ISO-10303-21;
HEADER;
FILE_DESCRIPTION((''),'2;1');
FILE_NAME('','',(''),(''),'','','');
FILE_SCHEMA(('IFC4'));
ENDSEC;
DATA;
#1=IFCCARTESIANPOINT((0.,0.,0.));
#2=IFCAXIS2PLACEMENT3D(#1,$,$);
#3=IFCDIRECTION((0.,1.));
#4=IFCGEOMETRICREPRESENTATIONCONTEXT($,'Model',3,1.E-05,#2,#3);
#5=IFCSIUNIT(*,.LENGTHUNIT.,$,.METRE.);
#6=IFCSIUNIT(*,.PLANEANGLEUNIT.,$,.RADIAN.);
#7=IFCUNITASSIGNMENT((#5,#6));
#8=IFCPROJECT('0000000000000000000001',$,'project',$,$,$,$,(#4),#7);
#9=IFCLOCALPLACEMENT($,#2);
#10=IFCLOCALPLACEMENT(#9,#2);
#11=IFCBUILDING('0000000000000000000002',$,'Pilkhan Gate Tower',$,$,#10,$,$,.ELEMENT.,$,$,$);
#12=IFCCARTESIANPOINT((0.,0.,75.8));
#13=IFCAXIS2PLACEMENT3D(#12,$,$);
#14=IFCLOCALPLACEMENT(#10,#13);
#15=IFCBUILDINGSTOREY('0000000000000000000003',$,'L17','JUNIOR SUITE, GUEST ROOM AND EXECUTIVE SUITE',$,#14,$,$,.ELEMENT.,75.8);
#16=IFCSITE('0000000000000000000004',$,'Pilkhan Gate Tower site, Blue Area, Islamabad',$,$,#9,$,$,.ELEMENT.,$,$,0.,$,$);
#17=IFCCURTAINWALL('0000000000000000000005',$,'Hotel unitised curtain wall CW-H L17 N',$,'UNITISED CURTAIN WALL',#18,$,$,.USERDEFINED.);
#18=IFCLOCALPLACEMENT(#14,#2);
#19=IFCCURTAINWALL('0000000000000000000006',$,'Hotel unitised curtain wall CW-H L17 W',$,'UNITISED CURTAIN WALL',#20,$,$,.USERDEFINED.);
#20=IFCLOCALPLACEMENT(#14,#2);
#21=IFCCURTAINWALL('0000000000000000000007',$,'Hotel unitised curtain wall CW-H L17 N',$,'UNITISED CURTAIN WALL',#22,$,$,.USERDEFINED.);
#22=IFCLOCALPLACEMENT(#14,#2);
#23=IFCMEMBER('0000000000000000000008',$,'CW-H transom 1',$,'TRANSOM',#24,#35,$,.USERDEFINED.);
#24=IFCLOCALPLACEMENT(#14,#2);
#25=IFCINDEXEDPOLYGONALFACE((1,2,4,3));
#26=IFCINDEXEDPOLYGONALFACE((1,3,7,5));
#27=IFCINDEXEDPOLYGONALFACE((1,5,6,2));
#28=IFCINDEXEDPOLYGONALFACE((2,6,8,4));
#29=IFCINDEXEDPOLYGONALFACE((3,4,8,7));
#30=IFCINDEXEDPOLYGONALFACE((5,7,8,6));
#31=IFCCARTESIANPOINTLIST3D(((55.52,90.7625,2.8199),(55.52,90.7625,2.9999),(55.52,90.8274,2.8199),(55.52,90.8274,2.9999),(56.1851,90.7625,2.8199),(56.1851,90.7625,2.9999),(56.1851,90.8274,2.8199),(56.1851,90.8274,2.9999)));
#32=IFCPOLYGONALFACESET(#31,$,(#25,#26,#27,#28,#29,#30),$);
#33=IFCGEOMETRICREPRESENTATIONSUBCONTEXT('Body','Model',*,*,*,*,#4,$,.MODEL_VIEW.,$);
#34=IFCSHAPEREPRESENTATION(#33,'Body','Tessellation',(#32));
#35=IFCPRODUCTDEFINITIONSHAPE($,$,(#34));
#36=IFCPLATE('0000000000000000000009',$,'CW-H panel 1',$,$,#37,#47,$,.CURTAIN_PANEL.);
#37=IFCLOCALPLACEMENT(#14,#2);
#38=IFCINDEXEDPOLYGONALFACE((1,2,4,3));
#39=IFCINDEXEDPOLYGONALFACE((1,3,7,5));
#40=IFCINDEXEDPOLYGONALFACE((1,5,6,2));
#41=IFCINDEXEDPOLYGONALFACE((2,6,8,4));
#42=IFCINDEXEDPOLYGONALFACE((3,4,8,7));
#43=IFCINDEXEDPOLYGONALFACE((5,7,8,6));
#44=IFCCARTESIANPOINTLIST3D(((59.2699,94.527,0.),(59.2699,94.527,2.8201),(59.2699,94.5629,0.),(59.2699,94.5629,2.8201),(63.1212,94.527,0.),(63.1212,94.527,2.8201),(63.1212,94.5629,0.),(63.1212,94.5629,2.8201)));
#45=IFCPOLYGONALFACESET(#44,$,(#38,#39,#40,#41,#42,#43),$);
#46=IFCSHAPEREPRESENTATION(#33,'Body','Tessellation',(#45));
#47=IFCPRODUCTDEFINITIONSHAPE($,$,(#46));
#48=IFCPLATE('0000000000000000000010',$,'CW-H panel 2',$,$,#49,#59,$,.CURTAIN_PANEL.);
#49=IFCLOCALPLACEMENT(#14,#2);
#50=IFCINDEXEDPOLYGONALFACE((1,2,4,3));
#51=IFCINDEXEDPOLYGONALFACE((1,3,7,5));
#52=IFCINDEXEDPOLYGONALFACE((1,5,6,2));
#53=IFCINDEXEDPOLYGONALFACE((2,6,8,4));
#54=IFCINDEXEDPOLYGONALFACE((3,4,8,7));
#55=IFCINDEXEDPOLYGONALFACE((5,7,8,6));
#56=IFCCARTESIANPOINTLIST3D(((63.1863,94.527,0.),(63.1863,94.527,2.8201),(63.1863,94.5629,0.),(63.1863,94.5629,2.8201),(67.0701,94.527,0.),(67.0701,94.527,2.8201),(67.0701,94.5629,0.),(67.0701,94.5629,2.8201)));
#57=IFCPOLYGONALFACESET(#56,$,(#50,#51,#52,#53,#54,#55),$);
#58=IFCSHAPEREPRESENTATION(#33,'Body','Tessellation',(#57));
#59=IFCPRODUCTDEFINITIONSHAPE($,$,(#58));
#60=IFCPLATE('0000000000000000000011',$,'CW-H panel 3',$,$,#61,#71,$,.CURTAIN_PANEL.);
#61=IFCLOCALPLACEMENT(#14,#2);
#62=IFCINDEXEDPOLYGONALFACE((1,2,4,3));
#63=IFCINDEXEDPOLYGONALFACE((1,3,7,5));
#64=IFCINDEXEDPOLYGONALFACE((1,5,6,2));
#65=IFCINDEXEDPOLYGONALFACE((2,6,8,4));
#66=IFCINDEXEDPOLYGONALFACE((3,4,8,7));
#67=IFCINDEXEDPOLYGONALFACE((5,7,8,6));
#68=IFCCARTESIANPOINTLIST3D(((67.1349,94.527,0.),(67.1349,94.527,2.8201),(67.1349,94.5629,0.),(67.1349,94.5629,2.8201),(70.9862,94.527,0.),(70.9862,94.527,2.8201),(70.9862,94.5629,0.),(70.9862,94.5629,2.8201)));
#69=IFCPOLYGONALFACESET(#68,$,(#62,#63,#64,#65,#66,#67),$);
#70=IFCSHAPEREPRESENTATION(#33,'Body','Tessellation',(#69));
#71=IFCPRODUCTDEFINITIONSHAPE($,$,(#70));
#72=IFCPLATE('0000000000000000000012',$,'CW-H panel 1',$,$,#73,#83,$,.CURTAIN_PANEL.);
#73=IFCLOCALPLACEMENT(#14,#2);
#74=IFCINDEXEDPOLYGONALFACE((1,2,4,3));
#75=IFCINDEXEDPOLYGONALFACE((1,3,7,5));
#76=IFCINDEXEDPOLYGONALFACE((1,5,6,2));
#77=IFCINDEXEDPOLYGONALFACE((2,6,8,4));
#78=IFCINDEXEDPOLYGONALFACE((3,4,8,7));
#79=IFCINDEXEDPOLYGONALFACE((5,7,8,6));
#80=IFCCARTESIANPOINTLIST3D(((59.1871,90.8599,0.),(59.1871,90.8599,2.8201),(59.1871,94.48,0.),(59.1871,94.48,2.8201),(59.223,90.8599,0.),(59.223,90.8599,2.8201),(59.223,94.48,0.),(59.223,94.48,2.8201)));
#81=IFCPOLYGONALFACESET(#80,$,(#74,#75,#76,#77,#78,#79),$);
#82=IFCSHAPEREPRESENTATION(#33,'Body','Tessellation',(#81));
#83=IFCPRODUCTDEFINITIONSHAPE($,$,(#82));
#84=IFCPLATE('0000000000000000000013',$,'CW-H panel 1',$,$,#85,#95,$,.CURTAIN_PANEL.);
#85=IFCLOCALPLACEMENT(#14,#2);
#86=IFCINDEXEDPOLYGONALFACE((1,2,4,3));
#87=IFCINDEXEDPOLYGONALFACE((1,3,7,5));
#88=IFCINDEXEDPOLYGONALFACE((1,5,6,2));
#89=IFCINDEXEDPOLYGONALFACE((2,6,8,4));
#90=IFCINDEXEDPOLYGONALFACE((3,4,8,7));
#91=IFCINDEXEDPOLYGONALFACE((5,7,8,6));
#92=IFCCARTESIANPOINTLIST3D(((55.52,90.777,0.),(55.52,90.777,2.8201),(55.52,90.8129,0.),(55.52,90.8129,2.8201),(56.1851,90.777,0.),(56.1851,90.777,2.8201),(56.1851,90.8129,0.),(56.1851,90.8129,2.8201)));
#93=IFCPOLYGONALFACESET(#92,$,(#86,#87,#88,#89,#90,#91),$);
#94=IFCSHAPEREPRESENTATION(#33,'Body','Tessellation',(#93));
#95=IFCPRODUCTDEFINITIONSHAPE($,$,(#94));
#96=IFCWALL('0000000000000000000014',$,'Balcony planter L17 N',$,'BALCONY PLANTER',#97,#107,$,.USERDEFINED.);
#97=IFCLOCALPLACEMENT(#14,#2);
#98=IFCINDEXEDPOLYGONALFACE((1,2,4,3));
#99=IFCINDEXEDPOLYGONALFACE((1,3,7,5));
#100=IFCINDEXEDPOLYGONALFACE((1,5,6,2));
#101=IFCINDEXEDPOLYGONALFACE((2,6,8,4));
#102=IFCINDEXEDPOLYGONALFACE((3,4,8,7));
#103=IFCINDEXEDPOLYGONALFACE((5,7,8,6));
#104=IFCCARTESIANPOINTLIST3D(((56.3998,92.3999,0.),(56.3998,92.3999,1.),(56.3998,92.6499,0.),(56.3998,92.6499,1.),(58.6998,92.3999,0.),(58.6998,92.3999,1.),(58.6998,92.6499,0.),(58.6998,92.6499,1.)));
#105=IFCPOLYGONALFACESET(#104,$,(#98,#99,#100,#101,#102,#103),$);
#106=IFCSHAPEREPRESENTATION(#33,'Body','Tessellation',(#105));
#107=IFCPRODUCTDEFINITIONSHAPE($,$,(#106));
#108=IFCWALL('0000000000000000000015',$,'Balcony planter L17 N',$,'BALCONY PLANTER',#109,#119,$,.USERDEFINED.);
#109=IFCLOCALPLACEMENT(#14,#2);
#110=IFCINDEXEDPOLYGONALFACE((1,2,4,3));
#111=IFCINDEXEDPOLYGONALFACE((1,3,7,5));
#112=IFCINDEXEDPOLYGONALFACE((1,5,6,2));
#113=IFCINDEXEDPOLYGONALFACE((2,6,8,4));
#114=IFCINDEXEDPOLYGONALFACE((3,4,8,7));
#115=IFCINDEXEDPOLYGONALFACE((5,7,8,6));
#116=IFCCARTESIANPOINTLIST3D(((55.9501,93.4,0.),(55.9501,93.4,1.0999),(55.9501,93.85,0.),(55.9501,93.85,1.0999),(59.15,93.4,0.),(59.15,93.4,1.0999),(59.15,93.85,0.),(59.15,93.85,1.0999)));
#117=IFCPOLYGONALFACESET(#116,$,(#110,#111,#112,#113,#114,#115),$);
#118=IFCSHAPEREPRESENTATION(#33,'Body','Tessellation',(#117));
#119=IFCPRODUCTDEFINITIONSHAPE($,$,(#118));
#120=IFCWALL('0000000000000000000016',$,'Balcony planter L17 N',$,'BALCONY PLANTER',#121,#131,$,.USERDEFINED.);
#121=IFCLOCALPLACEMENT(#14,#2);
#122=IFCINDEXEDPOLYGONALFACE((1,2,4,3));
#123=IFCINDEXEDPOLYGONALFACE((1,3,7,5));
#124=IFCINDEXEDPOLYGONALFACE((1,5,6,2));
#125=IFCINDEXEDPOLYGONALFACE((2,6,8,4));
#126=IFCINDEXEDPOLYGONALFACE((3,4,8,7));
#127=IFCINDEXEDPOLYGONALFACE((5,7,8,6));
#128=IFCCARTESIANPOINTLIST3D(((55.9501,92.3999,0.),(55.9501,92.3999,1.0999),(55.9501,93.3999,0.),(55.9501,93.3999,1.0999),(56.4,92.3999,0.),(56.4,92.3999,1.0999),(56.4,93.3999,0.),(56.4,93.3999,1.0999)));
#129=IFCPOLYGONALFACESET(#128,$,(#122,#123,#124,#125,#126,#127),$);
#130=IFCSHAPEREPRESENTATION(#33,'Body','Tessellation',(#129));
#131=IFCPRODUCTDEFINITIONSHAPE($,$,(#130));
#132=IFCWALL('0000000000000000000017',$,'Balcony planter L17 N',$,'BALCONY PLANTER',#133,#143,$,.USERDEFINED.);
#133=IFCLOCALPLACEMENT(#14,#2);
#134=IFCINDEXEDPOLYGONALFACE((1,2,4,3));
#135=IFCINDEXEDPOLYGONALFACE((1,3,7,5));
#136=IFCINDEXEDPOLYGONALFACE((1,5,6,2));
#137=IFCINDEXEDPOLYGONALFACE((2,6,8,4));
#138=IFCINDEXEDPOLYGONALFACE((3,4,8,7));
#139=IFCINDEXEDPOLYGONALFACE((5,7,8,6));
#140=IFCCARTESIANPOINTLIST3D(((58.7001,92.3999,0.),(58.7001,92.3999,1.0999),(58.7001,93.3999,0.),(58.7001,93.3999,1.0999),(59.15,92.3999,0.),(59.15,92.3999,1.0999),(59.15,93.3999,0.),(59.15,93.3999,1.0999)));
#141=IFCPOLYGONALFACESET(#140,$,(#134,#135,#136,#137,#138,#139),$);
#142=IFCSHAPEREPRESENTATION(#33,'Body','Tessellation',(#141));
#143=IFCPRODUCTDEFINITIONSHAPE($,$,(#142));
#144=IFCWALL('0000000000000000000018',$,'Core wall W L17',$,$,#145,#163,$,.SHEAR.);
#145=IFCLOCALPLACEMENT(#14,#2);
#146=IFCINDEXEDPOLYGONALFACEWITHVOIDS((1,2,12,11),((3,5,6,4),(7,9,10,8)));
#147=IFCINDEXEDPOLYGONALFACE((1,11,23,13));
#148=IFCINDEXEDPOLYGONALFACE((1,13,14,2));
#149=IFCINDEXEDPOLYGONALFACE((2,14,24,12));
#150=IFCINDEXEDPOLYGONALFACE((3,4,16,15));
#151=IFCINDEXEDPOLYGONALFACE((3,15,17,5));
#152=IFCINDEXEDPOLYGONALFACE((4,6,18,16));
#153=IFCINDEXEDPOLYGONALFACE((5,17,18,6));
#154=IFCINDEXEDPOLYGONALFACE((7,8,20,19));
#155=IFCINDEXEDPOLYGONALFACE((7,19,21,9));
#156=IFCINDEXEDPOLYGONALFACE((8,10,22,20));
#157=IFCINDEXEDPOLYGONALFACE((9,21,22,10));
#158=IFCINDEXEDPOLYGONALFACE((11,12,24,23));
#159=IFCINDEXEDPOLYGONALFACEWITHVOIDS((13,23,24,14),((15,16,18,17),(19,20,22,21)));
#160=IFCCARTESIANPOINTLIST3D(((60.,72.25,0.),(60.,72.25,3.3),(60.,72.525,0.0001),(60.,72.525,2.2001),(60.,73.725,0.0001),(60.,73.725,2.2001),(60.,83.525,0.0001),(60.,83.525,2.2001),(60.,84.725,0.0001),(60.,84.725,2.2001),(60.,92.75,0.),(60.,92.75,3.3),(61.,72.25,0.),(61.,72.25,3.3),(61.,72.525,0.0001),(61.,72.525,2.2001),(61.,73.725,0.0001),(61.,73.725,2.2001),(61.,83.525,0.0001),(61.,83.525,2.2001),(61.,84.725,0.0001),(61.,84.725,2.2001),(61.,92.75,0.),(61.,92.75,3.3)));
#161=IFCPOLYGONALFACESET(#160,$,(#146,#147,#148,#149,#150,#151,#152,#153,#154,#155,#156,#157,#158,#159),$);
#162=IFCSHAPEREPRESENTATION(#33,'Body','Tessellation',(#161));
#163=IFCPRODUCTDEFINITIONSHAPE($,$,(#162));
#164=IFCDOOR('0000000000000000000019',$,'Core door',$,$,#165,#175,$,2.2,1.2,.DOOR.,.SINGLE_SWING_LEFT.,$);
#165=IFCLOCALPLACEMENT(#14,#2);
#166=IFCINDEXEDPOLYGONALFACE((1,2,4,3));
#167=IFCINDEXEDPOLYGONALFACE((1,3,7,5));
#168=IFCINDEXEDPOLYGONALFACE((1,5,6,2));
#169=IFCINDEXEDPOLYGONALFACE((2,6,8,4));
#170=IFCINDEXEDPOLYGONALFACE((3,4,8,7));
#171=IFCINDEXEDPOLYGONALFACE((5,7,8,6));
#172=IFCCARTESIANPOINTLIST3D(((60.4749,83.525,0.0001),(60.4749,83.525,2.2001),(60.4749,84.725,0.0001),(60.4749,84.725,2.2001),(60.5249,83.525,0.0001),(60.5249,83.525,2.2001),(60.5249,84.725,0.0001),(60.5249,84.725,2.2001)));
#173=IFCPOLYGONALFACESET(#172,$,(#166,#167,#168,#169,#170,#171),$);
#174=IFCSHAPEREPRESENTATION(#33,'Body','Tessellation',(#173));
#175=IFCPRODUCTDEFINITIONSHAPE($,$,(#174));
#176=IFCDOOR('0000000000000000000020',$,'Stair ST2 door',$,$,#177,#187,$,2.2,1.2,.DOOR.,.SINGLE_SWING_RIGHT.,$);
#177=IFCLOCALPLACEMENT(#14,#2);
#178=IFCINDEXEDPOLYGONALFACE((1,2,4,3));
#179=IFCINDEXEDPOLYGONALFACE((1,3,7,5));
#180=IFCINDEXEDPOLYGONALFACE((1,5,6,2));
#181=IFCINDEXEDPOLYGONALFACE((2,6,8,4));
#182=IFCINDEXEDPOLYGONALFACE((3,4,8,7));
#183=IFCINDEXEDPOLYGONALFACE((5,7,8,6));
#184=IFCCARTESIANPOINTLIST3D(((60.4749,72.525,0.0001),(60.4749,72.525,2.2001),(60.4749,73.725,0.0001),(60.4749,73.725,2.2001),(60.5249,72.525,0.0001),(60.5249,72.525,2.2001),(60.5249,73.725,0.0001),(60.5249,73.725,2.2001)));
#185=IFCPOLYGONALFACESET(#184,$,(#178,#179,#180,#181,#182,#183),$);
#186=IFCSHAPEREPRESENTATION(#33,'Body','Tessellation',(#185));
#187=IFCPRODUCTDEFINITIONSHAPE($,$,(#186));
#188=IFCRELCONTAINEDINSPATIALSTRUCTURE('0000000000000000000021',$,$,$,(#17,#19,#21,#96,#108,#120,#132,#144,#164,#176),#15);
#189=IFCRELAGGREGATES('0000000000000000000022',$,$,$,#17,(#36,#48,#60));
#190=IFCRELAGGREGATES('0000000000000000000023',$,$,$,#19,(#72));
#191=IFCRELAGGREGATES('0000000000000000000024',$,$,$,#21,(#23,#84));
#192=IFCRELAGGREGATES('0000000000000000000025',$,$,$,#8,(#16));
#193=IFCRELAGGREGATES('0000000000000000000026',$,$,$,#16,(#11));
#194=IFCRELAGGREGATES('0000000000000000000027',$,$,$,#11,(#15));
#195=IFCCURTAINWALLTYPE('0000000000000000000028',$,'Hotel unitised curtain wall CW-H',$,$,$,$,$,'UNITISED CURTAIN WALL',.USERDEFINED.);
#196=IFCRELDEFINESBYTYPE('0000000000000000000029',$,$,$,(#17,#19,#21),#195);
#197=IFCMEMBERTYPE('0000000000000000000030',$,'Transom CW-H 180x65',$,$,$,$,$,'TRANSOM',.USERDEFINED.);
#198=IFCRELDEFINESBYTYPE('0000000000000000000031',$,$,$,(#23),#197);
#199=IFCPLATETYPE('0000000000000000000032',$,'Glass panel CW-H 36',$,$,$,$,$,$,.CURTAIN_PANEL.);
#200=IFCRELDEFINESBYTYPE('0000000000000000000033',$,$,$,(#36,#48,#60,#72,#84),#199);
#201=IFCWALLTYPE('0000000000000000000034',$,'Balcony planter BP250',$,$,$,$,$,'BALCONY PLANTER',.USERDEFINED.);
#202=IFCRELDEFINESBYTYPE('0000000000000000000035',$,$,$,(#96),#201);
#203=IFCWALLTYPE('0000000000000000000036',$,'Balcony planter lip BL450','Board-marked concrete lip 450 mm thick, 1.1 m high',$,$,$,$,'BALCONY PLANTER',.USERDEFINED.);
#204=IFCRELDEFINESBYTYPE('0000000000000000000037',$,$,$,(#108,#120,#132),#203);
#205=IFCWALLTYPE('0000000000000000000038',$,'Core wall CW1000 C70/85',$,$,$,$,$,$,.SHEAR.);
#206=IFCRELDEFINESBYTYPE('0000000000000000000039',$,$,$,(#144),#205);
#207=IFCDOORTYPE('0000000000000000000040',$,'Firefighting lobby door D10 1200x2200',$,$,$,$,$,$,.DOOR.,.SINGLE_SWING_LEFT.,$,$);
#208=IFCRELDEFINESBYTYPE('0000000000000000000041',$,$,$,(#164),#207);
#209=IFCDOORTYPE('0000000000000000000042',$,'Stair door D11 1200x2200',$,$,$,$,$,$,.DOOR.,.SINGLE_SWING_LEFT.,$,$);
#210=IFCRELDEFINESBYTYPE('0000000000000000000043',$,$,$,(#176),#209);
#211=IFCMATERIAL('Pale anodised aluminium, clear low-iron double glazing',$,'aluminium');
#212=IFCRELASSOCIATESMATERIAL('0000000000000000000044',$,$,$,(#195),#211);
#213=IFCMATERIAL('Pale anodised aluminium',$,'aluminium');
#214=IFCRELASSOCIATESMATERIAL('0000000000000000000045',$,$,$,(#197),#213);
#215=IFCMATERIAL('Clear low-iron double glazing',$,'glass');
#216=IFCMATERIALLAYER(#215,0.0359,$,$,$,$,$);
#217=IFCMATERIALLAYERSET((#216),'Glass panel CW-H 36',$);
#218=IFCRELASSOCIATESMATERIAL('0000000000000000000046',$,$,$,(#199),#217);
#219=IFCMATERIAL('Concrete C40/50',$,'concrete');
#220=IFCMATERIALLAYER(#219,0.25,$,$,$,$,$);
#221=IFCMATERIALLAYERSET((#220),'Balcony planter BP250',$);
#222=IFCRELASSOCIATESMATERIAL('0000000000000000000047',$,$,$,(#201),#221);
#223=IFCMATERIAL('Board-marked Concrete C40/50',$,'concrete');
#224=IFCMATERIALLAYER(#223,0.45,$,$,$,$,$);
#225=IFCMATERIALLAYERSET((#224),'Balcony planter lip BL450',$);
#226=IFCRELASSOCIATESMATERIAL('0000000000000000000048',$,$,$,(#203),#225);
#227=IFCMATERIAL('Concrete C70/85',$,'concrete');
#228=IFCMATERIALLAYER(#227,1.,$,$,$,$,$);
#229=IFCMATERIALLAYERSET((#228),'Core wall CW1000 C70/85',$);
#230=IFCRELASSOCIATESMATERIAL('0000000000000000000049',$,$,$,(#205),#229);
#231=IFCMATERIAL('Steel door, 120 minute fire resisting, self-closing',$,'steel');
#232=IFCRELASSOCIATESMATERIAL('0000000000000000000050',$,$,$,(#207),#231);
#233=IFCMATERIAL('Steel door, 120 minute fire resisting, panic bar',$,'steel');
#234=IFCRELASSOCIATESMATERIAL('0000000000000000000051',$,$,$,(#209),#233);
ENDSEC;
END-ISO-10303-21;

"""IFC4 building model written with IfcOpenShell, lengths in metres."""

from ifc_helpers import new_model, si_unit, direction, frame, frame_2d, origin, origin_2d, place, context, subcontext, project, spatial, rectangle, extrude, material, layer, layer_set, material_profile, profile_set, type_object, element, fill, aggregate, save


model = new_model("IFC4")

# Units and contexts
model_context = context("Model", 3, precision=1e-05, world=origin(), true_north=direction((0.0, 1.0)))
body_context = subcontext(model_context, "Body", "Model", "MODEL_VIEW")
ifc_project = project(units=[si_unit("LENGTHUNIT", "METRE"), si_unit("PLANEANGLEUNIT", "RADIAN")], contexts=[model_context])

# Site, building, storey
site_placement = place(None, origin())
site = spatial("IfcSite", under=ifc_project, at=site_placement, Name="Pilkhan Gate Tower site, Blue Area, Islamabad", CompositionType="ELEMENT", RefElevation=0.0)
building_placement = place(site_placement, origin())
building = spatial("IfcBuilding", under=site, at=building_placement, Name="Pilkhan Gate Tower", CompositionType="ELEMENT")
storey_placement = place(building_placement, frame((0.0, 0.0, 75.8)))
storey = spatial("IfcBuildingStorey", under=building, at=storey_placement, Name="L17", Description="JUNIOR SUITE, GUEST ROOM AND EXECUTIVE SUITE", CompositionType="ELEMENT", Elevation=75.8)

# Curtain walls
ifc_material_1 = material(Name="Pale anodised aluminium, clear low-iron double glazing", Category="aluminium")
curtain_wall_type = type_object("IfcCurtainWallType", Name="Hotel unitised curtain wall CW-H", ElementType="UNITISED CURTAIN WALL", PredefinedType="USERDEFINED", material=ifc_material_1)
curtain_wall_1_placement = place(storey_placement, origin())
curtain_wall_1 = element("IfcCurtainWall", 1, at=curtain_wall_1_placement, inside=storey, type_object=curtain_wall_type, Name="Hotel unitised curtain wall CW-H L17 N", ObjectType="UNITISED CURTAIN WALL", PredefinedType="USERDEFINED")
ifc_material_2 = material(Name="Pale anodised aluminium", Category="aluminium")
curtain_wall_2_placement = place(storey_placement, origin())
curtain_wall_2 = element("IfcCurtainWall", 2, at=curtain_wall_2_placement, inside=storey, type_object=curtain_wall_type, Name="Hotel unitised curtain wall CW-H L17 W", ObjectType="UNITISED CURTAIN WALL", PredefinedType="USERDEFINED")
curtain_wall_3_placement = place(storey_placement, origin())
curtain_wall_3 = element("IfcCurtainWall", 3, at=curtain_wall_3_placement, inside=storey, type_object=curtain_wall_type, Name="Hotel unitised curtain wall CW-H L17 N", ObjectType="UNITISED CURTAIN WALL", PredefinedType="USERDEFINED")

# Member
ifc_material_profile_1 = material_profile(ifc_material_2, rectangle(XDim=0.0649, YDim=0.1799, at=origin_2d()), Name="Transom 180x65")
ifc_profile_set_1 = profile_set([ifc_material_profile_1], Name="Pale anodised aluminium")
member_type_1 = type_object("IfcMemberType", Name="Transom CW-H 180x65", ElementType="TRANSOM", PredefinedType="USERDEFINED", material=ifc_profile_set_1)
member_1_placement = place(storey_placement, frame((55.52, 90.7949, 2.9099), z_axis=(1.0, 0.0, 0.0), x_axis=(0.0, 1.0, 0.0)))
member_1 = element("IfcMember", 4, at=member_1_placement, type_object=member_type_1, Name="CW-H transom 1", ObjectType="TRANSOM", PredefinedType="USERDEFINED", context=body_context, shape_type="SweptSolid", body=[
    extrude(rectangle(XDim=0.0649, YDim=0.1799, at=origin_2d()), origin(), (0.0, 0.0, 1.0), 0.665),
])

# Plates
ifc_material_3 = material(Name="Clear low-iron double glazing", Category="glass")
ifc_layer_1 = layer(ifc_material_3, 0.0359)
ifc_layer_set_1 = layer_set([ifc_layer_1], Name="Glass panel CW-H 36")
plate_type = type_object("IfcPlateType", Name="Glass panel CW-H 36", PredefinedType="CURTAIN_PANEL", material=ifc_layer_set_1)
plate_1_placement = place(storey_placement, frame((61.1956, 94.5449, 0.0), z_axis=(0.0, 0.0, 1.0), x_axis=(1.0, 0.0, 0.0)))
plate_1 = element("IfcPlate", 5, at=plate_1_placement, type_object=plate_type, Name="CW-H panel 1", PredefinedType="CURTAIN_PANEL", context=body_context, shape_type="SweptSolid", body=[
    extrude(rectangle(XDim=3.8513, YDim=0.0359, at=origin_2d()), origin(), (0.0, 0.0, 1.0), 2.8201),
])
plate_2_placement = place(storey_placement, frame((65.1282, 94.5449, 0.0), z_axis=(0.0, 0.0, 1.0), x_axis=(1.0, 0.0, 0.0)))
plate_2 = element("IfcPlate", 6, at=plate_2_placement, type_object=plate_type, Name="CW-H panel 2", PredefinedType="CURTAIN_PANEL", context=body_context, shape_type="SweptSolid", body=[
    extrude(rectangle(XDim=3.8838, YDim=0.0359, at=origin_2d()), origin(), (0.0, 0.0, 1.0), 2.8201),
])
plate_3_placement = place(storey_placement, frame((69.0605, 94.5449, 0.0), z_axis=(0.0, 0.0, 1.0), x_axis=(1.0, 0.0, 0.0)))
plate_3 = element("IfcPlate", 7, at=plate_3_placement, type_object=plate_type, Name="CW-H panel 3", PredefinedType="CURTAIN_PANEL", context=body_context, shape_type="SweptSolid", body=[
    extrude(rectangle(XDim=3.8513, YDim=0.0359, at=origin_2d()), origin(), (0.0, 0.0, 1.0), 2.8201),
])
aggregate(curtain_wall_1, [plate_1, plate_2, plate_3])
plate_4_placement = place(storey_placement, frame((59.2051, 92.6699, 0.0), z_axis=(0.0, 0.0, 1.0), x_axis=(0.0, 1.0, 0.0)))
plate_4 = element("IfcPlate", 8, at=plate_4_placement, type_object=plate_type, Name="CW-H panel 1", PredefinedType="CURTAIN_PANEL", context=body_context, shape_type="SweptSolid", body=[
    extrude(rectangle(XDim=3.6201, YDim=0.0359, at=origin_2d()), origin(), (0.0, 0.0, 1.0), 2.8201),
])
aggregate(curtain_wall_2, [plate_4])
plate_5_placement = place(storey_placement, frame((55.8525, 90.7949, 0.0), z_axis=(0.0, 0.0, 1.0), x_axis=(1.0, 0.0, 0.0)))
plate_5 = element("IfcPlate", 9, at=plate_5_placement, type_object=plate_type, Name="CW-H panel 1", PredefinedType="CURTAIN_PANEL", context=body_context, shape_type="SweptSolid", body=[
    extrude(rectangle(XDim=0.665, YDim=0.0359, at=origin_2d()), origin(), (0.0, 0.0, 1.0), 2.8201),
])
aggregate(curtain_wall_3, [member_1, plate_5])

# Walls
ifc_material_4 = material(Name="Concrete C40/50", Category="concrete")
ifc_layer_2 = layer(ifc_material_4, 0.25)
ifc_layer_set_2 = layer_set([ifc_layer_2], Name="Balcony planter BP250")
wall_type_1 = type_object("IfcWallType", Name="Balcony planter BP250", ElementType="BALCONY PLANTER", PredefinedType="USERDEFINED", material=ifc_layer_set_2)
wall_1_placement = place(storey_placement, frame((56.3999, 92.5249, 0.0), z_axis=(0.0, 0.0, 1.0), x_axis=(1.0, 0.0, 0.0)))
element("IfcWall", 10, at=wall_1_placement, inside=storey, type_object=wall_type_1, Name="Balcony planter L17 N", ObjectType="BALCONY PLANTER", PredefinedType="USERDEFINED", context=body_context, shape_type="SweptSolid", body=[
    extrude(rectangle(XDim=2.3, YDim=0.25, at=frame_2d((1.1499, 0.0))), origin(), (0.0, 0.0, 1.0), 1.0),
])
ifc_material_5 = material(Name="Board-marked Concrete C40/50", Category="concrete")
ifc_layer_3 = layer(ifc_material_5, 0.45)
ifc_layer_set_3 = layer_set([ifc_layer_3], Name="Balcony planter lip BL450")
wall_type_2 = type_object("IfcWallType", Name="Balcony planter lip BL450", Description="Board-marked concrete lip 450 mm thick, 1.1 m high", ElementType="BALCONY PLANTER", PredefinedType="USERDEFINED", material=ifc_layer_set_3)
wall_2_placement = place(storey_placement, frame((55.95, 93.625, 0.0), z_axis=(0.0, 0.0, 1.0), x_axis=(1.0, 0.0, 0.0)))
element("IfcWall", 11, at=wall_2_placement, inside=storey, type_object=wall_type_2, Name="Balcony planter L17 N", ObjectType="BALCONY PLANTER", PredefinedType="USERDEFINED", context=body_context, shape_type="SweptSolid", body=[
    extrude(rectangle(XDim=3.2, YDim=0.45, at=frame_2d((1.6001, 0.0))), origin(), (0.0, 0.0, 1.0), 1.0999),
])
for number, where, z_axis, x_axis, name in (
    (12, (56.175, 92.3999, 0.0), (0.0, 0.0, 1.0), (0.0, 1.0, 0.0), "Balcony planter L17 N"),
    (13, (58.925, 92.3999, 0.0), (0.0, 0.0, 1.0), (0.0, 1.0, 0.0), "Balcony planter L17 N"),
):
    element("IfcWall", number, at=place(storey_placement, frame(where, z_axis=z_axis, x_axis=x_axis)), inside=storey, type_object=wall_type_2, Name=name, ObjectType="BALCONY PLANTER", PredefinedType="USERDEFINED", context=body_context, shape_type="SweptSolid", body=[
        extrude(rectangle(XDim=1.0, YDim=0.45, at=frame_2d((0.5, 0.0))), origin(), (0.0, 0.0, 1.0), 1.0999),
    ])

# Wall, openings, doors
ifc_material_6 = material(Name="Concrete C70/85", Category="concrete")
ifc_layer_4 = layer(ifc_material_6, 1.0)
ifc_layer_set_4 = layer_set([ifc_layer_4], Name="Core wall CW1000 C70/85")
wall_type_3 = type_object("IfcWallType", Name="Core wall CW1000 C70/85", PredefinedType="SHEAR", material=ifc_layer_set_4)
wall_3_placement = place(storey_placement, frame((60.5, 92.75, 0.0), z_axis=(0.0, 0.0, 1.0), x_axis=(0.0, -1.0, 0.0)))
wall_3 = element("IfcWall", 14, at=wall_3_placement, inside=storey, type_object=wall_type_3, Name="Core wall W L17", PredefinedType="SHEAR", context=body_context, shape_type="SweptSolid", body=[
    extrude(rectangle(XDim=20.5, YDim=1.0, at=frame_2d((10.25, 0.0))), origin(), (0.0, 0.0, 1.0), 3.3),
])
opening_1_placement = place(wall_3_placement, frame((19.0249, 0.0, 0.0)))
opening_1 = element("IfcOpeningElement", 15, at=opening_1_placement, cuts=wall_3, PredefinedType="OPENING", context=body_context, shape_type="SweptSolid", body=[
    extrude(rectangle(XDim=1.2, YDim=2.2, at=frame_2d((0.6001, 1.1001))), frame((0.0, 0.51, 0.0), z_axis=(0.0, -1.0, 0.0), x_axis=(1.0, 0.0, 0.0)), (0.0, 0.0, 1.0), 1.02),
])
opening_2_placement = place(wall_3_placement, frame((8.0249, 0.0, 0.0)))
opening_2 = element("IfcOpeningElement", 16, at=opening_2_placement, cuts=wall_3, PredefinedType="OPENING", context=body_context, shape_type="SweptSolid", body=[
    extrude(rectangle(XDim=1.2, YDim=2.2, at=frame_2d((0.6001, 1.1001))), frame((0.0, 0.51, 0.0), z_axis=(0.0, -1.0, 0.0), x_axis=(1.0, 0.0, 0.0)), (0.0, 0.0, 1.0), 1.02),
])
ifc_material_7 = material(Name="Steel door, 120 minute fire resisting, self-closing", Category="steel")
door_type_1 = type_object("IfcDoorType", Name="Firefighting lobby door D10 1200x2200", OperationType="SINGLE_SWING_LEFT", PredefinedType="DOOR", material=ifc_material_7)
door_1_placement = place(opening_2_placement, origin())
door_1 = element("IfcDoor", 17, at=door_1_placement, inside=storey, type_object=door_type_1, Name="Core door", OperationType="SINGLE_SWING_LEFT", OverallHeight=2.2, OverallWidth=1.2, PredefinedType="DOOR", context=body_context, shape_type="SweptSolid", body=[
    extrude(rectangle(XDim=1.2, YDim=2.2, at=frame_2d((0.6001, 1.1001))), frame((0.0, 0.0249, 0.0), z_axis=(0.0, -1.0, 0.0), x_axis=(1.0, 0.0, 0.0)), (0.0, 0.0, 1.0), 0.05),
])
fill(opening_2, door_1)
ifc_material_8 = material(Name="Steel door, 120 minute fire resisting, panic bar", Category="steel")
door_type_2 = type_object("IfcDoorType", Name="Stair door D11 1200x2200", OperationType="SINGLE_SWING_LEFT", PredefinedType="DOOR", material=ifc_material_8)
door_2_placement = place(opening_1_placement, origin())
door_2 = element("IfcDoor", 18, at=door_2_placement, inside=storey, type_object=door_type_2, Name="Stair ST2 door", OperationType="SINGLE_SWING_RIGHT", OverallHeight=2.2, OverallWidth=1.2, PredefinedType="DOOR", context=body_context, shape_type="SweptSolid", body=[
    extrude(rectangle(XDim=1.2, YDim=2.2, at=frame_2d((0.6001, 1.1001))), frame((0.0, 0.0249, 0.0), z_axis=(0.0, -1.0, 0.0), x_axis=(1.0, 0.0, 0.0)), (0.0, 0.0, 1.0), 0.05),
])
fill(opening_1, door_2)

save(model, "model.ifc")
